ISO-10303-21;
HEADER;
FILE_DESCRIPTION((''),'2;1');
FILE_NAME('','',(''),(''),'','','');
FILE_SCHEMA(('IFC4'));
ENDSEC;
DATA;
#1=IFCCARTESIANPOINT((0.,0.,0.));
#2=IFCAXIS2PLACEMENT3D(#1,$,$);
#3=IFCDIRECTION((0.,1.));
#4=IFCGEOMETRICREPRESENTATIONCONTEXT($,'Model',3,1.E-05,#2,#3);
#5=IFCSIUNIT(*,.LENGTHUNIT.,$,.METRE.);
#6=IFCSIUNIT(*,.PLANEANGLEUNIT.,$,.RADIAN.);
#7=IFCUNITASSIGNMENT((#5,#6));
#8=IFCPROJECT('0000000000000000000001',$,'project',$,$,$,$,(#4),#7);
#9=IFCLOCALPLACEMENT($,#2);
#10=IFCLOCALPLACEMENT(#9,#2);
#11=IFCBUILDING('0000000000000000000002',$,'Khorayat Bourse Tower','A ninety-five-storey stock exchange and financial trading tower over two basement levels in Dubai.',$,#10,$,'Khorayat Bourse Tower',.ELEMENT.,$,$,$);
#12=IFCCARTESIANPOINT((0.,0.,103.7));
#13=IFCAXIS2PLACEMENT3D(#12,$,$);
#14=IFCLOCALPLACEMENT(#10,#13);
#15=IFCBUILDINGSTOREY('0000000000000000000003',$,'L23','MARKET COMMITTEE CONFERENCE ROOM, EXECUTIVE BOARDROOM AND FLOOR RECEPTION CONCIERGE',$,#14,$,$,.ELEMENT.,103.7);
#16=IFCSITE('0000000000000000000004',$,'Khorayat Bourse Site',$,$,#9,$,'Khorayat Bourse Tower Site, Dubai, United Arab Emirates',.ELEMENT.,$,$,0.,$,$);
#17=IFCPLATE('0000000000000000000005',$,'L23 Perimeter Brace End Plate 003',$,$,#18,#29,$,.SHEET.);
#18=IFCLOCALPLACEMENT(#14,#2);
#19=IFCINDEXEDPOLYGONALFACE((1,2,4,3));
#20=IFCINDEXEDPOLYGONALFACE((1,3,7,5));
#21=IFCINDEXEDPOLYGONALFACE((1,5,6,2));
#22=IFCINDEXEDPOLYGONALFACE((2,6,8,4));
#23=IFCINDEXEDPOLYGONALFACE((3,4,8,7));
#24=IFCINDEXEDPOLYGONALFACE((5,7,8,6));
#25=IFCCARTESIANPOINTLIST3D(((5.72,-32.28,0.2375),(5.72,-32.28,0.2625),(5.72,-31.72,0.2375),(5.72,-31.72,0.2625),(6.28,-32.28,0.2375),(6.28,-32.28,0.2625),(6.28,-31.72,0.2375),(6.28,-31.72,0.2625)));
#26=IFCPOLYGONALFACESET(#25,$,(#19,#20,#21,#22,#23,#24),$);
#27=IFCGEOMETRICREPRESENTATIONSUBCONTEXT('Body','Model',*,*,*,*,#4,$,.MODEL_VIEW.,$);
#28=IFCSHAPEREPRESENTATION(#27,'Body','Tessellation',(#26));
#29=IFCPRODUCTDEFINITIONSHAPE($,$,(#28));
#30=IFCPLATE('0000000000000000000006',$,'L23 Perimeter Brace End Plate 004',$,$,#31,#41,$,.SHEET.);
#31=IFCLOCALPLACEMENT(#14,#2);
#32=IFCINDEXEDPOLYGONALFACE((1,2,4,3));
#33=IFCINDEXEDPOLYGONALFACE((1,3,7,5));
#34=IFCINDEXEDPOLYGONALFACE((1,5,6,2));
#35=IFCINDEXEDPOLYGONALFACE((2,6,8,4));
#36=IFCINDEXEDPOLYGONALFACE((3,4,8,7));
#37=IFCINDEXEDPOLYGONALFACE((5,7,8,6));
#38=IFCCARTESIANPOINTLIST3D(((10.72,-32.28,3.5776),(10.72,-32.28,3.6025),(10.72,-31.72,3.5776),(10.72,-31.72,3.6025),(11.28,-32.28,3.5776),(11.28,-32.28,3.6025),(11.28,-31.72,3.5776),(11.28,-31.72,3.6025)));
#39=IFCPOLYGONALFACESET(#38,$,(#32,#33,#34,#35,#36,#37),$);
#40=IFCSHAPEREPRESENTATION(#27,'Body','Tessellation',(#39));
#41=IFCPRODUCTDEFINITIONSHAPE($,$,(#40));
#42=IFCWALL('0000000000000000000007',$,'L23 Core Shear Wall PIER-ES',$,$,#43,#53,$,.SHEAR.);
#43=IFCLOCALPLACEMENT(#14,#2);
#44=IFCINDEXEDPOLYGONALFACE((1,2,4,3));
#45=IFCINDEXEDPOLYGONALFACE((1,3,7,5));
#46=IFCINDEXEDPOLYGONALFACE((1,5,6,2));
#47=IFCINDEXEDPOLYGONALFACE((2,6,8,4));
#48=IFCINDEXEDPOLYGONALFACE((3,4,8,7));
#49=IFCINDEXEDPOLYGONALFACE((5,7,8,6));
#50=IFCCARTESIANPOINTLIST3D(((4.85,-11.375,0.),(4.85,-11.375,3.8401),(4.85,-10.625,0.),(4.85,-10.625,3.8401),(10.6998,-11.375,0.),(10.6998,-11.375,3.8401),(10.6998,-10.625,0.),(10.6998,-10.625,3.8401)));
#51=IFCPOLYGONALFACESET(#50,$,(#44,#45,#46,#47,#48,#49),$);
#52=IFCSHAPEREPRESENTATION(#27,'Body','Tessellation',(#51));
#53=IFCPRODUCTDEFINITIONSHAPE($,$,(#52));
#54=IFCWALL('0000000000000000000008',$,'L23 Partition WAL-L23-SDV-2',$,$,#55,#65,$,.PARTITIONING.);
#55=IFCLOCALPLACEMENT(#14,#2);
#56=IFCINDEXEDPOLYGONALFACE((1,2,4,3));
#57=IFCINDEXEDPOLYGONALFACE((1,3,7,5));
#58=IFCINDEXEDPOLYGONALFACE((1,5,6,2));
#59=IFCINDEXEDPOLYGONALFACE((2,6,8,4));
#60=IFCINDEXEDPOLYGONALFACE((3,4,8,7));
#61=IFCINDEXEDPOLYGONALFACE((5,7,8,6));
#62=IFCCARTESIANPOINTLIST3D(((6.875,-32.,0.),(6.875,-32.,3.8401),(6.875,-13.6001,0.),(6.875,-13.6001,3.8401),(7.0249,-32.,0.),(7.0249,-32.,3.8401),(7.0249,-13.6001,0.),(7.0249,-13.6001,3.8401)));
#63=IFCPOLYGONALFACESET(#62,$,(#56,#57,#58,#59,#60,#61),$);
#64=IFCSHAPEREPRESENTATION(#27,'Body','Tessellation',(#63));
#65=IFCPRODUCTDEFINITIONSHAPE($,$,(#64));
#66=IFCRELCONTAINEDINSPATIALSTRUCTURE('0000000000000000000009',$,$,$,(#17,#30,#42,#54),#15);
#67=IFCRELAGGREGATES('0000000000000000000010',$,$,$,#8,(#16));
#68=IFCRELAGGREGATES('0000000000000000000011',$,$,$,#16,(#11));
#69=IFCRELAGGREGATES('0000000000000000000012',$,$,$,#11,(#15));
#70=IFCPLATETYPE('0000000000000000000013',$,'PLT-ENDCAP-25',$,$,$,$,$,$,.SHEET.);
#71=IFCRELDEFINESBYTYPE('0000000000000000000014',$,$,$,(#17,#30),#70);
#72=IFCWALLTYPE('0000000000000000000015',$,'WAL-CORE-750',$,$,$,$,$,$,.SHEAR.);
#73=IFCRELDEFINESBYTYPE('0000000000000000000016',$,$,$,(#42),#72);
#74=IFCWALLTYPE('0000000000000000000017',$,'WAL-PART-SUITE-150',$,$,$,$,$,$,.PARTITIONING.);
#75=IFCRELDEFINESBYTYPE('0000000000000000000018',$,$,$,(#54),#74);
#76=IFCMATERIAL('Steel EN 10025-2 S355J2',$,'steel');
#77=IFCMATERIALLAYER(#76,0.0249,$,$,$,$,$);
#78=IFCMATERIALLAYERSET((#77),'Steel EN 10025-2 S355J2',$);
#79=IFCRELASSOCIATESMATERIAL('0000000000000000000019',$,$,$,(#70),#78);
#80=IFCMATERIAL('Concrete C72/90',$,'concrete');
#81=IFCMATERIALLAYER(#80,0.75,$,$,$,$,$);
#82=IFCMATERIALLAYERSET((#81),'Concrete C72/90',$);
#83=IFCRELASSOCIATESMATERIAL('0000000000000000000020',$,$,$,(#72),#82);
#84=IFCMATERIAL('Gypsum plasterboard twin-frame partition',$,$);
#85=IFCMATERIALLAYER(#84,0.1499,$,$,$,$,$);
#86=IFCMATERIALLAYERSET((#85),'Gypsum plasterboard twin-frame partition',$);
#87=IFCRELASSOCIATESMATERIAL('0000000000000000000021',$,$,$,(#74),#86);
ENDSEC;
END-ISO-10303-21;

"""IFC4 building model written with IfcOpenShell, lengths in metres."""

from ifc_helpers import new_model, si_unit, direction, frame, frame_2d, origin, origin_2d, place, context, subcontext, project, spatial, rectangle, extrude, source, transform, mapped, material, layer, layer_set, type_object, element, save


model = new_model("IFC4")

# Units and contexts
model_context = context("Model", 3, precision=1e-05, world=origin(), true_north=direction((0.0, 1.0)))
body_context = subcontext(model_context, "Body", "Model", "MODEL_VIEW")
ifc_project = project(units=[si_unit("LENGTHUNIT", "METRE"), si_unit("PLANEANGLEUNIT", "RADIAN")], contexts=[model_context])

# Site, building, storey
site_placement = place(None, origin())
site = spatial("IfcSite", under=ifc_project, at=site_placement, Name="Khorayat Bourse Site", LongName="Khorayat Bourse Tower Site, Dubai, United Arab Emirates", CompositionType="ELEMENT", RefElevation=0.0)
building_placement = place(site_placement, origin())
building = spatial("IfcBuilding", under=site, at=building_placement, Name="Khorayat Bourse Tower", Description="A ninety-five-storey stock exchange and financial trading tower over two basement levels in Dubai.", LongName="Khorayat Bourse Tower", CompositionType="ELEMENT")
storey_placement = place(building_placement, frame((0.0, 0.0, 103.7)))
storey = spatial("IfcBuildingStorey", under=building, at=storey_placement, Name="L23", Description="MARKET COMMITTEE CONFERENCE ROOM, EXECUTIVE BOARDROOM AND FLOOR RECEPTION CONCIERGE", CompositionType="ELEMENT", Elevation=103.7)

# Shared definitions
ifc_material_1 = material(Name="Concrete C72/90", Category="concrete")

# Plates
ifc_material_2 = material(Name="Steel EN 10025-2 S355J2", Category="steel")
ifc_layer_1 = layer(ifc_material_2, 0.0249)
ifc_layer_set_1 = layer_set([ifc_layer_1], Name="Steel EN 10025-2 S355J2")
plate_type = type_object("IfcPlateType", Name="PLT-ENDCAP-25", PredefinedType="SHEET", material=ifc_layer_set_1)
shared_shape_1 = source(origin(), body_context, "Body", "SweptSolid", [
    extrude(rectangle(XDim=0.5601, YDim=0.5601, at=origin_2d()), origin(), (0.0, 0.0, 1.0), 0.0249),
])
for number, where, z_axis, x_axis, name in (
    (1, (6.0, -32.0, 0.2375), (0.0, 0.0, 1.0), (1.0, 0.0, 0.0), "L23 Perimeter Brace End Plate 003"),
    (2, (11.0, -32.0, 3.5776), (0.0, 0.0, 1.0), (1.0, 0.0, 0.0), "L23 Perimeter Brace End Plate 004"),
):
    element("IfcPlate", number, at=place(storey_placement, frame(where, z_axis=z_axis, x_axis=x_axis)), inside=storey, type_object=plate_type, Name=name, PredefinedType="SHEET", context=body_context, shape_type="MappedRepresentation", body=[
        mapped(shared_shape_1, transform((0.0, 0.0, 0.0), scale=1.0)),
    ])

# Walls
ifc_layer_2 = layer(ifc_material_1, 0.75)
ifc_layer_set_2 = layer_set([ifc_layer_2], Name="Concrete C72/90")
wall_type_1 = type_object("IfcWallType", Name="WAL-CORE-750", PredefinedType="SHEAR", material=ifc_layer_set_2)
shared_shape_2 = source(origin(), body_context, "Body", "SweptSolid", [
    extrude(rectangle(XDim=5.8499, YDim=0.75, at=frame_2d((2.9248, 0.0))), origin(), (0.0, 0.0, 1.0), 3.8401),
])
wall_1_placement = place(storey_placement, frame((4.8501, -11.0, 0.0), z_axis=(0.0, 0.0, 1.0), x_axis=(1.0, 0.0, 0.0)))
element("IfcWall", 3, at=wall_1_placement, inside=storey, type_object=wall_type_1, Name="L23 Core Shear Wall PIER-ES", PredefinedType="SHEAR", context=body_context, shape_type="MappedRepresentation", body=[
    mapped(shared_shape_2, transform((0.0, 0.0, 0.0), scale=1.0)),
])
ifc_material_3 = material(Name="Gypsum plasterboard twin-frame partition")
ifc_layer_3 = layer(ifc_material_3, 0.1499)
ifc_layer_set_3 = layer_set([ifc_layer_3], Name="Gypsum plasterboard twin-frame partition")
wall_type_2 = type_object("IfcWallType", Name="WAL-PART-SUITE-150", PredefinedType="PARTITIONING", material=ifc_layer_set_3)
shared_shape_3 = source(origin(), body_context, "Body", "SweptSolid", [
    extrude(rectangle(XDim=18.3999, YDim=0.1499, at=frame_2d((9.2, 0.0))), origin(), (0.0, 0.0, 1.0), 3.8401),
])
wall_2_placement = place(storey_placement, frame((6.95, -32.0, 0.0), z_axis=(0.0, 0.0, 1.0), x_axis=(0.0, 1.0, 0.0)))
element("IfcWall", 4, at=wall_2_placement, inside=storey, type_object=wall_type_2, Name="L23 Partition WAL-L23-SDV-2", PredefinedType="PARTITIONING", context=body_context, shape_type="MappedRepresentation", body=[
    mapped(shared_shape_3, transform((0.0, 0.0, 0.0), scale=1.0)),
])

save(model, "model.ifc")
